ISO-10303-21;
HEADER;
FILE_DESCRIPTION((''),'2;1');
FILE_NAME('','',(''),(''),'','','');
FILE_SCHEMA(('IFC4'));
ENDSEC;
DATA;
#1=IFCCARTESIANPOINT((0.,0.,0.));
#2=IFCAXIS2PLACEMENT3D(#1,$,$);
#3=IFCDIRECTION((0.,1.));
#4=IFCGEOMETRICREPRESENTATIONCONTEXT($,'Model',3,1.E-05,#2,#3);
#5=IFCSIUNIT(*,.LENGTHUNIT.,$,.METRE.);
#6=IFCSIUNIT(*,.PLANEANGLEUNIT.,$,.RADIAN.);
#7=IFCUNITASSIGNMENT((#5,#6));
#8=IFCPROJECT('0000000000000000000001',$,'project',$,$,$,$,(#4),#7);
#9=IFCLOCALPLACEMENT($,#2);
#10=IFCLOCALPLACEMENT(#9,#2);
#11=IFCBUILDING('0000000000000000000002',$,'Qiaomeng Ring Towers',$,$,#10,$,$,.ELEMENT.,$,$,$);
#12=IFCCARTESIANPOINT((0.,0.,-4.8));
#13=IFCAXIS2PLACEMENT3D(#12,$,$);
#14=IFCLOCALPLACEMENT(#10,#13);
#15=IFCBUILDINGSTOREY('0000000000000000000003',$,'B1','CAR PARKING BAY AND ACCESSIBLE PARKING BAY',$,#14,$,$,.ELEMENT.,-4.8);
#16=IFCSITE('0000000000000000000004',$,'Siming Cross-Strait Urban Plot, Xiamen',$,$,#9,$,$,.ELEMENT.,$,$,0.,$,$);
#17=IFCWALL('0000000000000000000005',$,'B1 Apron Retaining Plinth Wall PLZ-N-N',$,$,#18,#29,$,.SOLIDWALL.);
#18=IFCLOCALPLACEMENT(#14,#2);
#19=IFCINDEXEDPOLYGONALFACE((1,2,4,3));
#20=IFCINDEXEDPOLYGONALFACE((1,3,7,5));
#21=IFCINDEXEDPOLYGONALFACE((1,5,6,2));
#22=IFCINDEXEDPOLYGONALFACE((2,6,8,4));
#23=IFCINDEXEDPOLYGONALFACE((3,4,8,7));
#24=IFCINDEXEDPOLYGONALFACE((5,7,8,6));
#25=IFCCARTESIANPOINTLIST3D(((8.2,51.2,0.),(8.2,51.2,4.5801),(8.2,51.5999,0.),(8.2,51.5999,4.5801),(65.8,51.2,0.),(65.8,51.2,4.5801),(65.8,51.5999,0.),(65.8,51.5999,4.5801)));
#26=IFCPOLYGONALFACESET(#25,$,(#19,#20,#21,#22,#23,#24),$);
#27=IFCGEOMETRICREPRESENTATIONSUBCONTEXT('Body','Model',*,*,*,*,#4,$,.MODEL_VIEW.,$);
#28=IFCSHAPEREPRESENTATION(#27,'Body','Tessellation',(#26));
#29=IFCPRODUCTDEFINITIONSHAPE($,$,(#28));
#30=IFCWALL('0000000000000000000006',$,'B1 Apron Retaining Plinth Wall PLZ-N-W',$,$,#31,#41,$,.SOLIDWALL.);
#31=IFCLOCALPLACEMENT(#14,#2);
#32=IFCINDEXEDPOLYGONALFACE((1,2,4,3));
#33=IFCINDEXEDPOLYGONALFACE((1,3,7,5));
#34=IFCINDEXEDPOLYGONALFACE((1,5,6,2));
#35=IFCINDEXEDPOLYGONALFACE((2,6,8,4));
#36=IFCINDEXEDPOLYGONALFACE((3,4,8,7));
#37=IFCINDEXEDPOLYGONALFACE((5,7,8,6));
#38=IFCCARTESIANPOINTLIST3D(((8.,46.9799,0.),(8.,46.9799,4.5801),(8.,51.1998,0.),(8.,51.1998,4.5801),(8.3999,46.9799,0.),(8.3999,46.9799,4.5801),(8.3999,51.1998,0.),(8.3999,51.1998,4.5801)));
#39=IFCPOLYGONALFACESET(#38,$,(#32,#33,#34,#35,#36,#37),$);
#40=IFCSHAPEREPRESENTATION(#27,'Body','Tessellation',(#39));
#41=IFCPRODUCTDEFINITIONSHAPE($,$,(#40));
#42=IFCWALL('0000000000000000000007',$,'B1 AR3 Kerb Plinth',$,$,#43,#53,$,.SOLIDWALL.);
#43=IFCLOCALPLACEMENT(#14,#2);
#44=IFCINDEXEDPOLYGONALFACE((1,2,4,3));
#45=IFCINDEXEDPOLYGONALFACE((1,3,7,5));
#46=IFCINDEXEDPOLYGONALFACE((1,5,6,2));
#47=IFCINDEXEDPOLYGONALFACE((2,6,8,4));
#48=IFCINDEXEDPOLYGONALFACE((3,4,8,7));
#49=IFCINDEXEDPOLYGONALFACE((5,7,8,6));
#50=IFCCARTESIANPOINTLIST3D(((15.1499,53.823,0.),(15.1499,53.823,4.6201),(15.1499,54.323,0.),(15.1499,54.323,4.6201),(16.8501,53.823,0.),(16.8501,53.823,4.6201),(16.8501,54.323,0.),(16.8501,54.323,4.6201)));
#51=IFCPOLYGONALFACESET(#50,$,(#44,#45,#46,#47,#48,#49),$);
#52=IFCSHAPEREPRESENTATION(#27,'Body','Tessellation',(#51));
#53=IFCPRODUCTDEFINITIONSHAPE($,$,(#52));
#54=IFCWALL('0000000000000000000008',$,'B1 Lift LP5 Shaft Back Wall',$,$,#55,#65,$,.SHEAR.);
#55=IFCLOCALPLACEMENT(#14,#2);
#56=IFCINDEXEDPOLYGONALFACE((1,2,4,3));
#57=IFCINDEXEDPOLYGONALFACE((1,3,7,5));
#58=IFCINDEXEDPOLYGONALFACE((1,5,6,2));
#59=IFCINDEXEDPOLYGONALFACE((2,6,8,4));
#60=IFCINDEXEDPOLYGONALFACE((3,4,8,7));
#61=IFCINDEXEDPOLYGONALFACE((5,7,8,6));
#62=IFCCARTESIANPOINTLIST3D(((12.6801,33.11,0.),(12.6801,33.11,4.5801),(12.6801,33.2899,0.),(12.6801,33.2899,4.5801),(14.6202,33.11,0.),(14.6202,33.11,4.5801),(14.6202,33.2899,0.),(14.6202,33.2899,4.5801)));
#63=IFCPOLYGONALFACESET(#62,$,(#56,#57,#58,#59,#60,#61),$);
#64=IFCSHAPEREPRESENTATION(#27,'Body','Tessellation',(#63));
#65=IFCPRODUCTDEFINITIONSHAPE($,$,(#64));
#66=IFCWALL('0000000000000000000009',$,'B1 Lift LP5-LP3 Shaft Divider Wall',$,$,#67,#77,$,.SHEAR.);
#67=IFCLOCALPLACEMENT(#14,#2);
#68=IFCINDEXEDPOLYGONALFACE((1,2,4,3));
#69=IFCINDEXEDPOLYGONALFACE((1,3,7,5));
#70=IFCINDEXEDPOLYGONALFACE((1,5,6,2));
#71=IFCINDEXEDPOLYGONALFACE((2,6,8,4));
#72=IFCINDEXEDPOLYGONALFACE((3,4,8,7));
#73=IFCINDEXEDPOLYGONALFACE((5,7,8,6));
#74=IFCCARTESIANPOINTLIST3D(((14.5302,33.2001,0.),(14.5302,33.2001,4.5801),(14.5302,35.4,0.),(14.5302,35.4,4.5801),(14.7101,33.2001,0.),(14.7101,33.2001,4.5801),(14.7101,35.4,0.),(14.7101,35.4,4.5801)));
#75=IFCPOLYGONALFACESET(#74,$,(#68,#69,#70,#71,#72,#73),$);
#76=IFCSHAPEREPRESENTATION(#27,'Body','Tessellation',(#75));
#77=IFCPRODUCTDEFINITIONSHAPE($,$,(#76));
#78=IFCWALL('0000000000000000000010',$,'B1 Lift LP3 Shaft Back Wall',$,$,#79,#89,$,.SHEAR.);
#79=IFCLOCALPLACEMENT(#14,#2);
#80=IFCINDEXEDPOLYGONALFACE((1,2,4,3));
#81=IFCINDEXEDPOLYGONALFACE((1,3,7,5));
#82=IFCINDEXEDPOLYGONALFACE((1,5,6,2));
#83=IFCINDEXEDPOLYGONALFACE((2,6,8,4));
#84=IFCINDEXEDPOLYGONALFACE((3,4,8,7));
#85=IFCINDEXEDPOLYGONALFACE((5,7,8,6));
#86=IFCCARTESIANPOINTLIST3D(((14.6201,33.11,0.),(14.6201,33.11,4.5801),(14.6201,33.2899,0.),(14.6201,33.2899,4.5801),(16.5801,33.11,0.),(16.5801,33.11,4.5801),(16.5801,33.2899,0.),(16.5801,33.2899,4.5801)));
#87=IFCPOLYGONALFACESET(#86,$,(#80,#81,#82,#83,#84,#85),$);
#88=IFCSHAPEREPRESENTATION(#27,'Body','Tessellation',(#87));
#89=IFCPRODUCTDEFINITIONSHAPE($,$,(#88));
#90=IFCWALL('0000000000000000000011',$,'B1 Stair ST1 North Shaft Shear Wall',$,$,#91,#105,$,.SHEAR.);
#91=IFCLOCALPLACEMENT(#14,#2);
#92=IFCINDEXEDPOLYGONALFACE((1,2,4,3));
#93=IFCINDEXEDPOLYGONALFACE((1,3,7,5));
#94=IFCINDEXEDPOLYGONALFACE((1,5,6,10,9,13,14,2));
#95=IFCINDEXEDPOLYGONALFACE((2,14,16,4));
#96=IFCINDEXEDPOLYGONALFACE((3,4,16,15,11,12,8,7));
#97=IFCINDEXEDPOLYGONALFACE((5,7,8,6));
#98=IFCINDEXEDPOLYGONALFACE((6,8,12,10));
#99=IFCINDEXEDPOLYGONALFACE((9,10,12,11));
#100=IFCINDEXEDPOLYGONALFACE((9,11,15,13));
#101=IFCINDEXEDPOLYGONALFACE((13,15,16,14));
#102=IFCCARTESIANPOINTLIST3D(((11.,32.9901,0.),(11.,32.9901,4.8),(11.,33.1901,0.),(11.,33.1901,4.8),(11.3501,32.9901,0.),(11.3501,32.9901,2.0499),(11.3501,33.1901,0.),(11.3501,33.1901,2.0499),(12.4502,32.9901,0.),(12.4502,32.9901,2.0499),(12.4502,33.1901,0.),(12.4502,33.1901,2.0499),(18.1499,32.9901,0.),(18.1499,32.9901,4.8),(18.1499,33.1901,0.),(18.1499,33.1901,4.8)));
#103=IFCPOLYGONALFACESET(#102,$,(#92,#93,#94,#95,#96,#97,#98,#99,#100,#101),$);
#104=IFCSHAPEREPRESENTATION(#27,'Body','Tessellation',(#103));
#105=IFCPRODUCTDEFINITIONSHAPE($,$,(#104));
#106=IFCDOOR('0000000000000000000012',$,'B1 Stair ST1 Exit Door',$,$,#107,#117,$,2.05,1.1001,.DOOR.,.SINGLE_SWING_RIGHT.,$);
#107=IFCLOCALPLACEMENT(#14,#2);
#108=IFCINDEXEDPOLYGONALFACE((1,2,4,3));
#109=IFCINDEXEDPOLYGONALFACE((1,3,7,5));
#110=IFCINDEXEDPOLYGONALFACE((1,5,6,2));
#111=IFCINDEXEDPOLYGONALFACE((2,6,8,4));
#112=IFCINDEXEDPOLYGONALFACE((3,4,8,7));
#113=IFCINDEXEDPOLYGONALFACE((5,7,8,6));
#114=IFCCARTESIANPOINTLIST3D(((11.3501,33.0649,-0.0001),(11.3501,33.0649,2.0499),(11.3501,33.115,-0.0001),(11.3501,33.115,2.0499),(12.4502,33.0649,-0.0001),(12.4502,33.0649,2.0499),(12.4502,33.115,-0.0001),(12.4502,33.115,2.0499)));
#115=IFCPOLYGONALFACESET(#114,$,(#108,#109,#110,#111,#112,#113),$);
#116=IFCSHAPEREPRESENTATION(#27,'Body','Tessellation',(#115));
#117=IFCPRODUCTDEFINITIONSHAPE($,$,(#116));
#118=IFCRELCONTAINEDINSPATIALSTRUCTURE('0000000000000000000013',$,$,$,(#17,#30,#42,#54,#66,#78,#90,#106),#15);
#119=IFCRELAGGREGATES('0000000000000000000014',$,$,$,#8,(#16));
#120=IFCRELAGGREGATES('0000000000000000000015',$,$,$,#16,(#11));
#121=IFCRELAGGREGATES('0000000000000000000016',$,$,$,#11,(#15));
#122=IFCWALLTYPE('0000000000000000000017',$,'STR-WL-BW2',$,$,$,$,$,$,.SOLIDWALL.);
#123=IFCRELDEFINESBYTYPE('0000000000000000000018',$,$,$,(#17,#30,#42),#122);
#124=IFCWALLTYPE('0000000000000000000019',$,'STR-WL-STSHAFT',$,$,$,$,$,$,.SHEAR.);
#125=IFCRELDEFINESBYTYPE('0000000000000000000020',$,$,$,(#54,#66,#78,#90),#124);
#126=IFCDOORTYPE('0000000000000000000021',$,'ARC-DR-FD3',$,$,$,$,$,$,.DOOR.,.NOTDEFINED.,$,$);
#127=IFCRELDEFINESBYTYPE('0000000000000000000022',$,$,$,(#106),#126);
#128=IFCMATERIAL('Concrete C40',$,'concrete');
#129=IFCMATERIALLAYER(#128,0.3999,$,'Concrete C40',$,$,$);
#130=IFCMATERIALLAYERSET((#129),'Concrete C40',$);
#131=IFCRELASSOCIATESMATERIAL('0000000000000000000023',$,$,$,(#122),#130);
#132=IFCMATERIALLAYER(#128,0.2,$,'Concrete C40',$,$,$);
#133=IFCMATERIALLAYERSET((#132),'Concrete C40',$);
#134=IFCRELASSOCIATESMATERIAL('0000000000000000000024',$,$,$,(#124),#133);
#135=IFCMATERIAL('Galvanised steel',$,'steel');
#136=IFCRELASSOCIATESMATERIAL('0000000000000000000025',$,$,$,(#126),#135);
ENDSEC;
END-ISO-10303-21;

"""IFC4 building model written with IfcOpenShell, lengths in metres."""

from ifc_helpers import new_model, si_unit, direction, frame, frame_2d, origin, place, context, subcontext, project, spatial, rectangle, extrude, source, transform, mapped, material, layer, layer_set, type_object, element, fill, save


model = new_model("IFC4")

# Units and contexts
model_context = context("Model", 3, precision=1e-05, world=origin(), true_north=direction((0.0, 1.0)))
body_context = subcontext(model_context, "Body", "Model", "MODEL_VIEW")
ifc_project = project(units=[si_unit("LENGTHUNIT", "METRE"), si_unit("PLANEANGLEUNIT", "RADIAN")], contexts=[model_context])

# Site, building, storey
site_placement = place(None, origin())
site = spatial("IfcSite", under=ifc_project, at=site_placement, Name="Siming Cross-Strait Urban Plot, Xiamen", CompositionType="ELEMENT", RefElevation=0.0)
building_placement = place(site_placement, origin())
building = spatial("IfcBuilding", under=site, at=building_placement, Name="Qiaomeng Ring Towers", CompositionType="ELEMENT")
storey_placement = place(building_placement, frame((0.0, 0.0, -4.8)))
storey = spatial("IfcBuildingStorey", under=building, at=storey_placement, Name="B1", Description="CAR PARKING BAY AND ACCESSIBLE PARKING BAY", CompositionType="ELEMENT", Elevation=-4.8)

# Walls
ifc_material_1 = material(Name="Concrete C40", Category="concrete")
ifc_layer_1 = layer(ifc_material_1, 0.3999, Name="Concrete C40")
ifc_layer_set_1 = layer_set([ifc_layer_1], Name="Concrete C40")
wall_type_1 = type_object("IfcWallType", Name="STR-WL-BW2", PredefinedType="SOLIDWALL", material=ifc_layer_set_1)
wall_1_placement = place(storey_placement, frame((8.2, 51.3999, 0.0), z_axis=(0.0, 0.0, 1.0), x_axis=(1.0, 0.0, 0.0)))
element("IfcWall", 1, at=wall_1_placement, inside=storey, type_object=wall_type_1, Name="B1 Apron Retaining Plinth Wall PLZ-N-N", PredefinedType="SOLIDWALL", context=body_context, shape_type="SweptSolid", body=[
    extrude(rectangle(XDim=57.6001, YDim=0.3999, at=frame_2d((28.8, 0.0))), origin(), (0.0, 0.0, 1.0), 4.5801),
])
wall_2_placement = place(storey_placement, frame((8.2, 46.98, 0.0), z_axis=(0.0, 0.0, 1.0), x_axis=(0.0, 1.0, 0.0)))
element("IfcWall", 2, at=wall_2_placement, inside=storey, type_object=wall_type_1, Name="B1 Apron Retaining Plinth Wall PLZ-N-W", PredefinedType="SOLIDWALL", context=body_context, shape_type="SweptSolid", body=[
    extrude(rectangle(XDim=4.22, YDim=0.3999, at=frame_2d((2.1099, 0.0))), origin(), (0.0, 0.0, 1.0), 4.5801),
])
wall_3_placement = place(storey_placement, frame((15.1499, 54.073, 0.0), z_axis=(0.0, 0.0, 1.0), x_axis=(1.0, 0.0, 0.0)))
element("IfcWall", 3, at=wall_3_placement, inside=storey, type_object=wall_type_1, Name="B1 AR3 Kerb Plinth", PredefinedType="SOLIDWALL", context=body_context, shape_type="SweptSolid", body=[
    extrude(rectangle(XDim=1.7002, YDim=0.5, at=frame_2d((0.8501, 0.0))), origin(), (0.0, 0.0, 1.0), 4.6201),
])
ifc_layer_2 = layer(ifc_material_1, 0.2, Name="Concrete C40")
ifc_layer_set_2 = layer_set([ifc_layer_2], Name="Concrete C40")
wall_type_2 = type_object("IfcWallType", Name="STR-WL-STSHAFT", PredefinedType="SHEAR", material=ifc_layer_set_2)
wall_4_placement = place(storey_placement, frame((12.6799, 33.2, 0.0), z_axis=(0.0, 0.0, 1.0), x_axis=(1.0, 0.0, 0.0)))
element("IfcWall", 4, at=wall_4_placement, inside=storey, type_object=wall_type_2, Name="B1 Lift LP5 Shaft Back Wall", PredefinedType="SHEAR", context=body_context, shape_type="SweptSolid", body=[
    extrude(rectangle(XDim=1.9402, YDim=0.1799, at=frame_2d((0.9702, 0.0))), origin(), (0.0, 0.0, 1.0), 4.5801),
])
wall_5_placement = place(storey_placement, frame((14.6201, 33.2, 0.0), z_axis=(0.0, 0.0, 1.0), x_axis=(0.0, 1.0, 0.0)))
element("IfcWall", 5, at=wall_5_placement, inside=storey, type_object=wall_type_2, Name="B1 Lift LP5-LP3 Shaft Divider Wall", PredefinedType="SHEAR", context=body_context, shape_type="SweptSolid", body=[
    extrude(rectangle(XDim=2.2, YDim=0.1799, at=frame_2d((1.1001, 0.0))), origin(), (0.0, 0.0, 1.0), 4.5801),
])
wall_6_placement = place(storey_placement, frame((14.6201, 33.2, 0.0), z_axis=(0.0, 0.0, 1.0), x_axis=(1.0, 0.0, 0.0)))
element("IfcWall", 6, at=wall_6_placement, inside=storey, type_object=wall_type_2, Name="B1 Lift LP3 Shaft Back Wall", PredefinedType="SHEAR", context=body_context, shape_type="SweptSolid", body=[
    extrude(rectangle(XDim=1.96, YDim=0.1799, at=frame_2d((0.98, 0.0))), origin(), (0.0, 0.0, 1.0), 4.5801),
])

# Wall, opening, door
wall_7_placement = place(storey_placement, frame((11.0, 33.0901, 0.0), z_axis=(0.0, 0.0, 1.0), x_axis=(1.0, 0.0, 0.0)))
wall_7 = element("IfcWall", 7, at=wall_7_placement, inside=storey, type_object=wall_type_2, Name="B1 Stair ST1 North Shaft Shear Wall", PredefinedType="SHEAR", context=body_context, shape_type="SweptSolid", body=[
    extrude(rectangle(XDim=7.1499, YDim=0.2, at=frame_2d((3.575, 0.0))), origin(), (0.0, 0.0, 1.0), 4.8),
])
opening_1_placement = place(wall_7_placement, frame((0.3501, 0.0, 0.0)))
opening_1 = element("IfcOpeningElement", 8, at=opening_1_placement, cuts=wall_7, PredefinedType="OPENING", context=body_context, shape_type="SweptSolid", body=[
    extrude(rectangle(XDim=1.1001, YDim=2.05, at=frame_2d((0.55, 1.0249))), frame((0.0, 0.1099, 0.0), z_axis=(0.0, -1.0, 0.0), x_axis=(1.0, 0.0, 0.0)), (0.0, 0.0, 1.0), 0.22),
])
ifc_material_2 = material(Name="Galvanised steel", Category="steel")
door_type_1 = type_object("IfcDoorType", Name="ARC-DR-FD3", OperationType="NOTDEFINED", PredefinedType="DOOR", material=ifc_material_2)
shared_shape_1 = source(origin(), body_context, "Body", "SweptSolid", [
    extrude(rectangle(XDim=1.1001, YDim=2.05, at=frame_2d((0.55, 1.0249))), frame((0.0, 0.0249, 0.0), z_axis=(0.0, -1.0, 0.0), x_axis=(1.0, 0.0, 0.0)), (0.0, 0.0, 1.0), 0.05),
])
door_1_placement = place(opening_1_placement, origin())
door_1 = element("IfcDoor", 9, at=door_1_placement, inside=storey, type_object=door_type_1, Name="B1 Stair ST1 Exit Door", OperationType="SINGLE_SWING_RIGHT", OverallHeight=2.05, OverallWidth=1.1001, PredefinedType="DOOR", context=body_context, shape_type="MappedRepresentation", body=[
    mapped(shared_shape_1, transform((0.0, 0.0, 0.0), x_axis=(1.0, 0.0, 0.0), y_axis=(0.0, 1.0, 0.0), z_axis=(0.0, 0.0, 1.0), scale=1.0)),
])
fill(opening_1, door_1)

save(model, "model.ifc")
